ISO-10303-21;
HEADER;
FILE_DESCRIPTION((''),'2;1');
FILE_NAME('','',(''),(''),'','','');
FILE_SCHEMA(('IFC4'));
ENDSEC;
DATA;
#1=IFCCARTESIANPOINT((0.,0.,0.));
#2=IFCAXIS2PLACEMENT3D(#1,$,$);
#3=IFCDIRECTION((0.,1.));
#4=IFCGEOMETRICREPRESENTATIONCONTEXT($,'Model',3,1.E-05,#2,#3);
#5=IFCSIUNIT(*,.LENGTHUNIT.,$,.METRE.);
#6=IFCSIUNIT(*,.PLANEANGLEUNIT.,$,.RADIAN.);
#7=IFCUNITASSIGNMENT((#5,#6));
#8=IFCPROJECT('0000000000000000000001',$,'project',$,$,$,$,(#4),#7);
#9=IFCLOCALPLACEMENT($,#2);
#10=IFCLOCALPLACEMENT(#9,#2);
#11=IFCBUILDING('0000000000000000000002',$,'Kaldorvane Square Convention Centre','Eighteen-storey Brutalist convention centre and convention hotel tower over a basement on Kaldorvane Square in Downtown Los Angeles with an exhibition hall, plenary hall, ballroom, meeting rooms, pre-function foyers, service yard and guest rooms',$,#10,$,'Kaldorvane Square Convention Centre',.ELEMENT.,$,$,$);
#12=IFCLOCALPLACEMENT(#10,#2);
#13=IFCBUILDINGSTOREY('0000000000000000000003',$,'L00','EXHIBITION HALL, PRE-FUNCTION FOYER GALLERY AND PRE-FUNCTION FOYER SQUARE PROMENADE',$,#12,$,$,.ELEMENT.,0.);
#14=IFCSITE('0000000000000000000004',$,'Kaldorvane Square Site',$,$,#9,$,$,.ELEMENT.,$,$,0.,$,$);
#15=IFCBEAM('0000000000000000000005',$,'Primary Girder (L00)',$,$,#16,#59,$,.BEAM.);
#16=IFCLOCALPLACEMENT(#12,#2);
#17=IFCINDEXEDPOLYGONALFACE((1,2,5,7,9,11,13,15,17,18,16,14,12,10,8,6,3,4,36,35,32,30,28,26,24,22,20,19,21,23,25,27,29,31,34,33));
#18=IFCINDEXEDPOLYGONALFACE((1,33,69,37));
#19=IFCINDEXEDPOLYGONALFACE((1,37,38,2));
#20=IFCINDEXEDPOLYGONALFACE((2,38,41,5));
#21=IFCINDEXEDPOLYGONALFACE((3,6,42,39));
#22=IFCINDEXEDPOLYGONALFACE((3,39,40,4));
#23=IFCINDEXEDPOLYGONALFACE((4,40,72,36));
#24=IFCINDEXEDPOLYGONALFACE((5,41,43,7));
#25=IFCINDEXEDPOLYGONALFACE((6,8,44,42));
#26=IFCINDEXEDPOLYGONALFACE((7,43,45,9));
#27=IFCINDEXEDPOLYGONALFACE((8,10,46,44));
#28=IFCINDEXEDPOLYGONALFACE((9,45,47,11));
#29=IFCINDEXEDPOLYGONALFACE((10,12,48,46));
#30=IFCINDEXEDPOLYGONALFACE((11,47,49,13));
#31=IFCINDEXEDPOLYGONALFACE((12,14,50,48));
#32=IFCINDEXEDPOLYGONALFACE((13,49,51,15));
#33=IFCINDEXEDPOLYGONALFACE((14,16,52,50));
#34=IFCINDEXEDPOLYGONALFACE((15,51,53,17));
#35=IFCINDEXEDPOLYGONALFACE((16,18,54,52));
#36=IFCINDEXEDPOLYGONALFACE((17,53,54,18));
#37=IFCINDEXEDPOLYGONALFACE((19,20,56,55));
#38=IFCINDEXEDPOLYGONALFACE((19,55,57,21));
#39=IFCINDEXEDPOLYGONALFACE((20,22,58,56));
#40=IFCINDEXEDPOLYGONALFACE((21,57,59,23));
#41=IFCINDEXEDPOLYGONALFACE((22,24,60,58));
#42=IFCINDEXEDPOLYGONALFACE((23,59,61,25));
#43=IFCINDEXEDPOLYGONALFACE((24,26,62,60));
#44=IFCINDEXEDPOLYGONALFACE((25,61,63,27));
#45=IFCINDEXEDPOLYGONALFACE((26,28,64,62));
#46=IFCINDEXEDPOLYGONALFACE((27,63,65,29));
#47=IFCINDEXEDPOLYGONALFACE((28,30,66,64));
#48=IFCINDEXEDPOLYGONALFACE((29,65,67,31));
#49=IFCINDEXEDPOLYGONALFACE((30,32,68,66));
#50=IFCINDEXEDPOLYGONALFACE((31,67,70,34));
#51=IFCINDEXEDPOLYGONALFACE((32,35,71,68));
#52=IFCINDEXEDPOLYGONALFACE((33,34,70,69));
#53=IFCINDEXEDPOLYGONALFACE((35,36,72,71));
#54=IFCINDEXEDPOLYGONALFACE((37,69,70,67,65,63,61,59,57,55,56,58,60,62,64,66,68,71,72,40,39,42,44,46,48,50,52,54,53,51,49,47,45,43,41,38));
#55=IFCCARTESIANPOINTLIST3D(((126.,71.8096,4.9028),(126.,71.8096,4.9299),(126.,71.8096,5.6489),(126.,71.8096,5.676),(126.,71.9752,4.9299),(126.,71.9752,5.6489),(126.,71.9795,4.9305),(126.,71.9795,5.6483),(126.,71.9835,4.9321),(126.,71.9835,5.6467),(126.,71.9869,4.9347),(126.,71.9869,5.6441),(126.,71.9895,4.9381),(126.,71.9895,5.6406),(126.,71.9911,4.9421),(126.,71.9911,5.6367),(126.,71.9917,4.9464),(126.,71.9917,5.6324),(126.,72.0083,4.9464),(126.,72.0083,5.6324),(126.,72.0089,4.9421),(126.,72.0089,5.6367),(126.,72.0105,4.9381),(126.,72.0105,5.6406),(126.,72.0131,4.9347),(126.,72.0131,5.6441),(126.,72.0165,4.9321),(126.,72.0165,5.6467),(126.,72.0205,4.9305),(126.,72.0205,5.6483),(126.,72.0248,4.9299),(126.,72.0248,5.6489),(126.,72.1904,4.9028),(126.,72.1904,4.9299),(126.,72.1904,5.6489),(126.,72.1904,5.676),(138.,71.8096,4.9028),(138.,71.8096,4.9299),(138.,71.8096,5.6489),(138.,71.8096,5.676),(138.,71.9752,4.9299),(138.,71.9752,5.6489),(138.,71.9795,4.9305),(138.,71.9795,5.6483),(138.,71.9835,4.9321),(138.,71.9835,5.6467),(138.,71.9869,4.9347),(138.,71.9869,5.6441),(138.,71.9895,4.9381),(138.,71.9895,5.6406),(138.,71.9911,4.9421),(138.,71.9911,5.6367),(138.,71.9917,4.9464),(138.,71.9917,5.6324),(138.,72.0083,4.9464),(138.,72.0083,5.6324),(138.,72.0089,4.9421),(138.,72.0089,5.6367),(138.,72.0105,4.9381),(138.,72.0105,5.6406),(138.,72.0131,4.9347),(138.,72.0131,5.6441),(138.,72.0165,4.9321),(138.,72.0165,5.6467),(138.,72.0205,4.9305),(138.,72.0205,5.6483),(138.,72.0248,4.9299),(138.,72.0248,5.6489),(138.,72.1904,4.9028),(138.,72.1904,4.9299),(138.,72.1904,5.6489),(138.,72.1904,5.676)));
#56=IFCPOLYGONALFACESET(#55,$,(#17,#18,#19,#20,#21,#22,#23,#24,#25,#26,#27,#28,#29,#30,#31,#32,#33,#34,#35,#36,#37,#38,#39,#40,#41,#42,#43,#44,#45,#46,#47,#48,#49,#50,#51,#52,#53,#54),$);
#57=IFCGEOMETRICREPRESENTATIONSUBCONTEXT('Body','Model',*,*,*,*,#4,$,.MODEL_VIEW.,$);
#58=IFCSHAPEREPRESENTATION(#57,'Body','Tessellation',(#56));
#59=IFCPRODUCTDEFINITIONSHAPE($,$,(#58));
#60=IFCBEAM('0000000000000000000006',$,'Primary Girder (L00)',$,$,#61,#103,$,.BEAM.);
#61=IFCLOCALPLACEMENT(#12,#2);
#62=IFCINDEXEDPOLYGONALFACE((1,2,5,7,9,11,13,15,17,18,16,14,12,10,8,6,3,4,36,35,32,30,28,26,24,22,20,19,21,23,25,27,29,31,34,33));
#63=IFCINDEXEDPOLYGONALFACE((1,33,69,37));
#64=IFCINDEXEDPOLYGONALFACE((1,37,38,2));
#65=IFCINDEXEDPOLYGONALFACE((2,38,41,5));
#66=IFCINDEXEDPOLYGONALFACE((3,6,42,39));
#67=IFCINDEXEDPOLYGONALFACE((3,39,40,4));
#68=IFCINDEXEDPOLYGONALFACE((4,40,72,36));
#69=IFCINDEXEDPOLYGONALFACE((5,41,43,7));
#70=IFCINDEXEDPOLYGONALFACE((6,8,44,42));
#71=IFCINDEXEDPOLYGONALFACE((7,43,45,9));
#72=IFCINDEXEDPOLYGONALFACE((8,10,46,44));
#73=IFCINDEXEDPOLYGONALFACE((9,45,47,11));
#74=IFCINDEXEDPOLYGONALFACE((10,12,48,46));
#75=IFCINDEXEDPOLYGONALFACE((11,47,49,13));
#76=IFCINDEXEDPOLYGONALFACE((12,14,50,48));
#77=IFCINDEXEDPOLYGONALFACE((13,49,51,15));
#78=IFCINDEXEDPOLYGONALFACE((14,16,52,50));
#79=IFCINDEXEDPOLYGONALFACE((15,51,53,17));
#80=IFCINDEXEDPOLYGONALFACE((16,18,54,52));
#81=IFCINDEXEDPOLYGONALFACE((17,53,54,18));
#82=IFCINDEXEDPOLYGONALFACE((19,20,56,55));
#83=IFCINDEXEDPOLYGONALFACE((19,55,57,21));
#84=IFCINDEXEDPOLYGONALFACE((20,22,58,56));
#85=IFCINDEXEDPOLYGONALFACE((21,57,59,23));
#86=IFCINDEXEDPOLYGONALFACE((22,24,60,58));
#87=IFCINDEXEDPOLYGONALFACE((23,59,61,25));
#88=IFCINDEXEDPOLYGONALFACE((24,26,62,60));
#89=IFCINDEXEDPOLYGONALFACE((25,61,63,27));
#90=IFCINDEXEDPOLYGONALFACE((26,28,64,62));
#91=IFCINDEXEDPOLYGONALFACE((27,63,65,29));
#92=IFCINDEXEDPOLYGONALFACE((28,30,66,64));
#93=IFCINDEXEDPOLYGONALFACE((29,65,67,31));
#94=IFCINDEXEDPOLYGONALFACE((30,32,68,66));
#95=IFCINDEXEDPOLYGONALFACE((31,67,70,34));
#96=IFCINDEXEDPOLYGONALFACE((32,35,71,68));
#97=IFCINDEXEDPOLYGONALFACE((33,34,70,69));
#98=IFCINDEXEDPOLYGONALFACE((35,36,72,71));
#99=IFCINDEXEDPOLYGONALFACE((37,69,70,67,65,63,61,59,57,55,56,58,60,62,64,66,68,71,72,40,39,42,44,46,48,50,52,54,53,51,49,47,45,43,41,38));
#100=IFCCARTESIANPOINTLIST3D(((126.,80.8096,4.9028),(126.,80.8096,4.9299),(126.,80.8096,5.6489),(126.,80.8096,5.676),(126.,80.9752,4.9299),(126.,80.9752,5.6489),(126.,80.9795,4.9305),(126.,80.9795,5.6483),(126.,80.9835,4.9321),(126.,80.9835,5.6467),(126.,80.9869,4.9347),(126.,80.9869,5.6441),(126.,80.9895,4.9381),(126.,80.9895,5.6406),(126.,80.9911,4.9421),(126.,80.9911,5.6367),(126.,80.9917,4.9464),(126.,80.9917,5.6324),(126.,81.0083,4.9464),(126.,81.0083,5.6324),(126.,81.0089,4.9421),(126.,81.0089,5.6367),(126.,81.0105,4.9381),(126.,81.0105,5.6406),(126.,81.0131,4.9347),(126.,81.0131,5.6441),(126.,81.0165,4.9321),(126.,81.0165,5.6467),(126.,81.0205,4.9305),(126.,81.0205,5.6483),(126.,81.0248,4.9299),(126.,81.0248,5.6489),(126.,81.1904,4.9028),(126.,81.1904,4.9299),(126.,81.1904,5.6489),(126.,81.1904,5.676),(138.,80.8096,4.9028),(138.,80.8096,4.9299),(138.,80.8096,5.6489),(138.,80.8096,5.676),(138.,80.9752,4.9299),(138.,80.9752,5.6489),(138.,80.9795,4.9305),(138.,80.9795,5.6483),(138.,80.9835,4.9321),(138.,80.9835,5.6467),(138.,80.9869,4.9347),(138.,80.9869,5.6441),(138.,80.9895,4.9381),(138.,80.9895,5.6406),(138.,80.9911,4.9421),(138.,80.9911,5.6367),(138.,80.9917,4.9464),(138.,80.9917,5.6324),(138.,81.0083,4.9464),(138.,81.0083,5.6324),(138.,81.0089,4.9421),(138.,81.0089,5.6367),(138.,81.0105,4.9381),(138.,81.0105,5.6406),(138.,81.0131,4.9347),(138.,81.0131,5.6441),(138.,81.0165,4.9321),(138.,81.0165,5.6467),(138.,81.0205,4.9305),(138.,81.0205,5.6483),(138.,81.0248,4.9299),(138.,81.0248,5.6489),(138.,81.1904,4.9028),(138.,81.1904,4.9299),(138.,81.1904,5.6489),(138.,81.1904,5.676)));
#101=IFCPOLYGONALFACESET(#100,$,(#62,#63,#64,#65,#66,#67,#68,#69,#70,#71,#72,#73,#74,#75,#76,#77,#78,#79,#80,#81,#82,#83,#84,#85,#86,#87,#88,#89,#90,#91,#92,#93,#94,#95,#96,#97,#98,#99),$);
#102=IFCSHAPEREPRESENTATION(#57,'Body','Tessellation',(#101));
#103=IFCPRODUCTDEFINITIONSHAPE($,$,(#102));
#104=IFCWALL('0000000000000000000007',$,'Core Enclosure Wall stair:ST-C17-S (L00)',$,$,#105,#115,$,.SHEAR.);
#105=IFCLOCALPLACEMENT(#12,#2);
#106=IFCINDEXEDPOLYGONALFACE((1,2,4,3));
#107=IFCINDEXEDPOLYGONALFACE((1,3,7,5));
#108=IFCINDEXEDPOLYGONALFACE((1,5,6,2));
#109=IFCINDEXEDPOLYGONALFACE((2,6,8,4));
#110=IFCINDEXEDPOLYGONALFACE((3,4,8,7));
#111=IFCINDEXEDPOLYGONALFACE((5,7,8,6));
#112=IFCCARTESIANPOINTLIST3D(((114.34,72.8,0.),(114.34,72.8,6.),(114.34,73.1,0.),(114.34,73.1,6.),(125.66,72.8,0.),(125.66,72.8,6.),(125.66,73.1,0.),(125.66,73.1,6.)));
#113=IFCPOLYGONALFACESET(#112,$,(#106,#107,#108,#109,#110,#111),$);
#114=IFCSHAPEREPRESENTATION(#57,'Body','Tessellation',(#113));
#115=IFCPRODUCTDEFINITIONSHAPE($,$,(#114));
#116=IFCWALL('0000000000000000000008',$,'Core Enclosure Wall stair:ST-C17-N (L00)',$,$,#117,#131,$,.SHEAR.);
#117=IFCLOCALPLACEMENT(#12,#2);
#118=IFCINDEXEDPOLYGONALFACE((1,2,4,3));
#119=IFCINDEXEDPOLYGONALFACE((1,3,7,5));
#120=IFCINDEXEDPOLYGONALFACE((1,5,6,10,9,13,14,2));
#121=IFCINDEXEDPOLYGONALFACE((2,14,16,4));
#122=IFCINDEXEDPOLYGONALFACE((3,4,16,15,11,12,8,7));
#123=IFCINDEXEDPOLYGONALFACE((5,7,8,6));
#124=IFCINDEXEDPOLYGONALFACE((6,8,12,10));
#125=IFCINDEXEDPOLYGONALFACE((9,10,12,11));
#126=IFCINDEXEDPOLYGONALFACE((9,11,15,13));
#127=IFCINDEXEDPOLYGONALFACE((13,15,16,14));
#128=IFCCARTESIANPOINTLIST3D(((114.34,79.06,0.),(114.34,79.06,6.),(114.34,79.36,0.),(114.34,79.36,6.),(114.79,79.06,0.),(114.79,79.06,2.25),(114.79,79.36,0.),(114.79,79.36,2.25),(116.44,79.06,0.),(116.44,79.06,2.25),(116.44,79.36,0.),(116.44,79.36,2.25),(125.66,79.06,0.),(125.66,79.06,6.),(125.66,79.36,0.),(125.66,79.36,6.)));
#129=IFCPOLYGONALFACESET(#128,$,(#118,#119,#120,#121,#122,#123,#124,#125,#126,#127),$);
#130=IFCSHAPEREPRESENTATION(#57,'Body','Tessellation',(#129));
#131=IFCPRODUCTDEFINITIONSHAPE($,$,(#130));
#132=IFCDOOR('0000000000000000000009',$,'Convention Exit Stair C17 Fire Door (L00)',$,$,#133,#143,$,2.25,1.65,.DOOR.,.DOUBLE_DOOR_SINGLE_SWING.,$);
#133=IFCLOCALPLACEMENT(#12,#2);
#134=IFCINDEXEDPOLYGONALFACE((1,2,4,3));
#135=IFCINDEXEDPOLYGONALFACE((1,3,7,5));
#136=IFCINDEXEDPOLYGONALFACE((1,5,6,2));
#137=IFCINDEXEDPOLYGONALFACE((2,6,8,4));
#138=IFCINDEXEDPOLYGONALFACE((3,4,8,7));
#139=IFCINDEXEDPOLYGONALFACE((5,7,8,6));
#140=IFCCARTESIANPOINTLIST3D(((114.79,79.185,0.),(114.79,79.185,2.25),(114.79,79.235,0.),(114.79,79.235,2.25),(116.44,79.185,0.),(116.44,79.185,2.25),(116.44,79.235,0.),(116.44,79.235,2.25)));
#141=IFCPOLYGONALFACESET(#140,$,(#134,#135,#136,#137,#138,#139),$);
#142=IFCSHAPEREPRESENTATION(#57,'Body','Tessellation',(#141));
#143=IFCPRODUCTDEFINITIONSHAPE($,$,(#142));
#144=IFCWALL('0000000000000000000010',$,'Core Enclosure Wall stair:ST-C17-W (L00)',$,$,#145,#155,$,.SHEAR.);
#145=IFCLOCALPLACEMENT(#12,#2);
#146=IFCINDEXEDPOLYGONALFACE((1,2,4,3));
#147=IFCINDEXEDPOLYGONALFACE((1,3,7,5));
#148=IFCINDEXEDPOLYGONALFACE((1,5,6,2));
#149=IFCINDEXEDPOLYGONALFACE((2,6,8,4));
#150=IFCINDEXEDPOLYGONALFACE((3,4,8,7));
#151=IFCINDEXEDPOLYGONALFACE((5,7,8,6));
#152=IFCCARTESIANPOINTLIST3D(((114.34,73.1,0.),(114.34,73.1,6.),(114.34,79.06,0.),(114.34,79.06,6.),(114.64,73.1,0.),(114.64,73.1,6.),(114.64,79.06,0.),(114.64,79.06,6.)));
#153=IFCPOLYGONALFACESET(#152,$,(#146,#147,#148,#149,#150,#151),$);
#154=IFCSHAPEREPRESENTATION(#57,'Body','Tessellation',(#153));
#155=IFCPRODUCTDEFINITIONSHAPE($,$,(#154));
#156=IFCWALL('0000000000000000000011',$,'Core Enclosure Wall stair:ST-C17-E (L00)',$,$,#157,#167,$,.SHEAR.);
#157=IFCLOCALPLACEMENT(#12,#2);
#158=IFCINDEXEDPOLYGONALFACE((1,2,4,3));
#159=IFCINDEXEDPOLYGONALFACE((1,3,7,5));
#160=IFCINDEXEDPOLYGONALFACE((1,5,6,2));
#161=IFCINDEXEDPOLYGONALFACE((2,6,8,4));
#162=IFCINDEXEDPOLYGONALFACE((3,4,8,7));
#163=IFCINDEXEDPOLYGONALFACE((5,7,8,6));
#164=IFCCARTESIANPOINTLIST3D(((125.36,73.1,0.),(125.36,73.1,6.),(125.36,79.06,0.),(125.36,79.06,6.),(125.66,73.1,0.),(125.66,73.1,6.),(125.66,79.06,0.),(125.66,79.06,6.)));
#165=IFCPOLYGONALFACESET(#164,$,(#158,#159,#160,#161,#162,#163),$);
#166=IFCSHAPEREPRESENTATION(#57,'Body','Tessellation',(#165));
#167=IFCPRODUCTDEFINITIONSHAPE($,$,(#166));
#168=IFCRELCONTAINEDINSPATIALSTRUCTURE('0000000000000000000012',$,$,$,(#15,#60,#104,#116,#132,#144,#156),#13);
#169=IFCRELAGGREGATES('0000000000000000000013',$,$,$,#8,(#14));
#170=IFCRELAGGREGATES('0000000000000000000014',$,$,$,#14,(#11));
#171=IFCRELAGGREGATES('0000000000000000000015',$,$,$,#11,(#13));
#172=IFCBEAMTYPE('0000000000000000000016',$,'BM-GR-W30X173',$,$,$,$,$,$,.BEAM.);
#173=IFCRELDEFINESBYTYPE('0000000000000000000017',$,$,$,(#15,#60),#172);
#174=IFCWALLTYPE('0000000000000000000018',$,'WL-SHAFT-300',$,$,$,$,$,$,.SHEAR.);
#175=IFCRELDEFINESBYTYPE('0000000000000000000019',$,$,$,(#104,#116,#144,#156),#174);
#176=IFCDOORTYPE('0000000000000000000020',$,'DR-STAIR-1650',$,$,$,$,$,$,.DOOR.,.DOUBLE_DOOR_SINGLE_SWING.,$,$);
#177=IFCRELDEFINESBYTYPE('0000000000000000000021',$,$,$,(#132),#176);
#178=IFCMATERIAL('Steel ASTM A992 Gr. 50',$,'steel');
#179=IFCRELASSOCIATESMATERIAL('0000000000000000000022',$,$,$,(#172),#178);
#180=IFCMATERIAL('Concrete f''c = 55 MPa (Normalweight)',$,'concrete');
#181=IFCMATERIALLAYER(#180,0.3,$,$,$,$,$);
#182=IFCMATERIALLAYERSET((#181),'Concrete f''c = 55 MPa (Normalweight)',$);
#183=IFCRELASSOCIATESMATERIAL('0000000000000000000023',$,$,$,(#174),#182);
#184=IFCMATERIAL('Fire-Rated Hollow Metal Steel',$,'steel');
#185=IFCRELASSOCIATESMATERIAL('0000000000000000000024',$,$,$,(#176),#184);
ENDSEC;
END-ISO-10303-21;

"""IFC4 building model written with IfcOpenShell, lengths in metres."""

from ifc_helpers import new_model, si_unit, direction, frame, frame_2d, origin, origin_2d, place, context, subcontext, project, spatial, rectangle, i_section, extrude, material, layer, layer_set, material_profile, profile_set, type_object, element, fill, save


model = new_model("IFC4")

# Units and contexts
model_context = context("Model", 3, precision=1e-05, world=origin(), true_north=direction((0.0, 1.0)))
body_context = subcontext(model_context, "Body", "Model", "MODEL_VIEW")
ifc_project = project(units=[si_unit("LENGTHUNIT", "METRE"), si_unit("PLANEANGLEUNIT", "RADIAN")], contexts=[model_context])

# Site, building, storey
site_placement = place(None, origin())
site = spatial("IfcSite", under=ifc_project, at=site_placement, Name="Kaldorvane Square Site", CompositionType="ELEMENT", RefElevation=0.0)
building_placement = place(site_placement, origin())
building = spatial("IfcBuilding", under=site, at=building_placement, Name="Kaldorvane Square Convention Centre", Description="Eighteen-storey Brutalist convention centre and convention hotel tower over a basement on Kaldorvane Square in Downtown Los Angeles with an exhibition hall, plenary hall, ballroom, meeting rooms, pre-function foyers, service yard and guest rooms", LongName="Kaldorvane Square Convention Centre", CompositionType="ELEMENT")
storey_placement = place(building_placement, origin())
storey = spatial("IfcBuildingStorey", under=building, at=storey_placement, Name="L00", Description="EXHIBITION HALL, PRE-FUNCTION FOYER GALLERY AND PRE-FUNCTION FOYER SQUARE PROMENADE", CompositionType="ELEMENT", Elevation=0.0)

# Shared definitions
ifc_material_1 = material(Name="Steel ASTM A992 Gr. 50", Category="steel")

# Beams
ifc_material_profile_1 = material_profile(ifc_material_1, i_section(OverallWidth=0.3807, OverallDepth=0.7732, WebThickness=0.0166, FlangeThickness=0.0271, FilletRadius=0.0165, at=origin_2d()), Name="W30X173")
ifc_profile_set_1 = profile_set([ifc_material_profile_1], Name="Steel ASTM A992 Gr. 50")
beam_type_1 = type_object("IfcBeamType", Name="BM-GR-W30X173", PredefinedType="BEAM", material=ifc_profile_set_1)
for number, where, z_axis, x_axis, name in (
    (1, (126.0, 72.0, 5.2894), (1.0, 0.0, 0.0), (0.0, 1.0, 0.0), "Primary Girder (L00)"),
    (2, (126.0, 81.0, 5.2894), (1.0, 0.0, 0.0), (0.0, 1.0, 0.0), "Primary Girder (L00)"),
):
    element("IfcBeam", number, at=place(storey_placement, frame(where, z_axis=z_axis, x_axis=x_axis)), inside=storey, type_object=beam_type_1, Name=name, PredefinedType="BEAM", context=body_context, shape_type="SweptSolid", body=[
        extrude(i_section(OverallWidth=0.3807, OverallDepth=0.7732, WebThickness=0.0166, FlangeThickness=0.0271, FilletRadius=0.0165, at=origin_2d()), origin(), (0.0, 0.0, 1.0), 12.0),
    ])

# Wall
ifc_material_2 = material(Name="Concrete f'c = 55 MPa (Normalweight)", Category="concrete")
ifc_layer = layer(ifc_material_2, 0.3)
ifc_layer_set = layer_set([ifc_layer], Name="Concrete f'c = 55 MPa (Normalweight)")
wall_type = type_object("IfcWallType", Name="WL-SHAFT-300", PredefinedType="SHEAR", material=ifc_layer_set)
wall_1_placement = place(storey_placement, frame((114.34, 72.95, 0.0), z_axis=(0.0, 0.0, 1.0), x_axis=(1.0, 0.0, 0.0)))
element("IfcWall", 3, at=wall_1_placement, inside=storey, type_object=wall_type, Name="Core Enclosure Wall stair:ST-C17-S (L00)", PredefinedType="SHEAR", context=body_context, shape_type="SweptSolid", body=[
    extrude(rectangle(XDim=11.32, YDim=0.3, at=frame_2d((5.66, 0.0))), origin(), (0.0, 0.0, 1.0), 6.0),
])

# Wall, opening, door
wall_2_placement = place(storey_placement, frame((125.66, 79.21, 0.0), z_axis=(0.0, 0.0, 1.0), x_axis=(-1.0, 0.0, 0.0)))
wall_2 = element("IfcWall", 4, at=wall_2_placement, inside=storey, type_object=wall_type, Name="Core Enclosure Wall stair:ST-C17-N (L00)", PredefinedType="SHEAR", context=body_context, shape_type="SweptSolid", body=[
    extrude(rectangle(XDim=11.32, YDim=0.3, at=frame_2d((5.66, 0.0))), origin(), (0.0, 0.0, 1.0), 6.0),
])
opening_placement = place(wall_2_placement, frame((9.22, 0.0, 0.0)))
opening = element("IfcOpeningElement", 5, at=opening_placement, cuts=wall_2, PredefinedType="OPENING", context=body_context, shape_type="SweptSolid", body=[
    extrude(rectangle(XDim=1.65, YDim=2.25, at=frame_2d((0.825, 1.125))), frame((0.0, 0.165, 0.0), z_axis=(0.0, -1.0, 0.0), x_axis=(1.0, 0.0, 0.0)), (0.0, 0.0, 1.0), 0.33),
])
ifc_material_3 = material(Name="Fire-Rated Hollow Metal Steel", Category="steel")
door_type = type_object("IfcDoorType", Name="DR-STAIR-1650", OperationType="DOUBLE_DOOR_SINGLE_SWING", PredefinedType="DOOR", material=ifc_material_3)
door_placement = place(opening_placement, origin())
door = element("IfcDoor", 6, at=door_placement, inside=storey, type_object=door_type, Name="Convention Exit Stair C17 Fire Door (L00)", OperationType="DOUBLE_DOOR_SINGLE_SWING", OverallHeight=2.25, OverallWidth=1.65, PredefinedType="DOOR", context=body_context, shape_type="SweptSolid", body=[
    extrude(rectangle(XDim=1.65, YDim=2.25, at=frame_2d((0.825, 1.125))), frame((0.0, 0.025, 0.0), z_axis=(0.0, -1.0, 0.0), x_axis=(1.0, 0.0, 0.0)), (0.0, 0.0, 1.0), 0.05),
])
fill(opening, door)

# Walls
for number, where, z_axis, x_axis, name in (
    (7, (114.49, 79.06, 0.0), (0.0, 0.0, 1.0), (0.0, -1.0, 0.0), "Core Enclosure Wall stair:ST-C17-W (L00)"),
    (8, (125.51, 73.1, 0.0), (0.0, 0.0, 1.0), (0.0, 1.0, 0.0), "Core Enclosure Wall stair:ST-C17-E (L00)"),
):
    element("IfcWall", number, at=place(storey_placement, frame(where, z_axis=z_axis, x_axis=x_axis)), inside=storey, type_object=wall_type, Name=name, PredefinedType="SHEAR", context=body_context, shape_type="SweptSolid", body=[
        extrude(rectangle(XDim=5.96, YDim=0.3, at=frame_2d((2.98, 0.0))), origin(), (0.0, 0.0, 1.0), 6.0),
    ])

save(model, "model.ifc")
